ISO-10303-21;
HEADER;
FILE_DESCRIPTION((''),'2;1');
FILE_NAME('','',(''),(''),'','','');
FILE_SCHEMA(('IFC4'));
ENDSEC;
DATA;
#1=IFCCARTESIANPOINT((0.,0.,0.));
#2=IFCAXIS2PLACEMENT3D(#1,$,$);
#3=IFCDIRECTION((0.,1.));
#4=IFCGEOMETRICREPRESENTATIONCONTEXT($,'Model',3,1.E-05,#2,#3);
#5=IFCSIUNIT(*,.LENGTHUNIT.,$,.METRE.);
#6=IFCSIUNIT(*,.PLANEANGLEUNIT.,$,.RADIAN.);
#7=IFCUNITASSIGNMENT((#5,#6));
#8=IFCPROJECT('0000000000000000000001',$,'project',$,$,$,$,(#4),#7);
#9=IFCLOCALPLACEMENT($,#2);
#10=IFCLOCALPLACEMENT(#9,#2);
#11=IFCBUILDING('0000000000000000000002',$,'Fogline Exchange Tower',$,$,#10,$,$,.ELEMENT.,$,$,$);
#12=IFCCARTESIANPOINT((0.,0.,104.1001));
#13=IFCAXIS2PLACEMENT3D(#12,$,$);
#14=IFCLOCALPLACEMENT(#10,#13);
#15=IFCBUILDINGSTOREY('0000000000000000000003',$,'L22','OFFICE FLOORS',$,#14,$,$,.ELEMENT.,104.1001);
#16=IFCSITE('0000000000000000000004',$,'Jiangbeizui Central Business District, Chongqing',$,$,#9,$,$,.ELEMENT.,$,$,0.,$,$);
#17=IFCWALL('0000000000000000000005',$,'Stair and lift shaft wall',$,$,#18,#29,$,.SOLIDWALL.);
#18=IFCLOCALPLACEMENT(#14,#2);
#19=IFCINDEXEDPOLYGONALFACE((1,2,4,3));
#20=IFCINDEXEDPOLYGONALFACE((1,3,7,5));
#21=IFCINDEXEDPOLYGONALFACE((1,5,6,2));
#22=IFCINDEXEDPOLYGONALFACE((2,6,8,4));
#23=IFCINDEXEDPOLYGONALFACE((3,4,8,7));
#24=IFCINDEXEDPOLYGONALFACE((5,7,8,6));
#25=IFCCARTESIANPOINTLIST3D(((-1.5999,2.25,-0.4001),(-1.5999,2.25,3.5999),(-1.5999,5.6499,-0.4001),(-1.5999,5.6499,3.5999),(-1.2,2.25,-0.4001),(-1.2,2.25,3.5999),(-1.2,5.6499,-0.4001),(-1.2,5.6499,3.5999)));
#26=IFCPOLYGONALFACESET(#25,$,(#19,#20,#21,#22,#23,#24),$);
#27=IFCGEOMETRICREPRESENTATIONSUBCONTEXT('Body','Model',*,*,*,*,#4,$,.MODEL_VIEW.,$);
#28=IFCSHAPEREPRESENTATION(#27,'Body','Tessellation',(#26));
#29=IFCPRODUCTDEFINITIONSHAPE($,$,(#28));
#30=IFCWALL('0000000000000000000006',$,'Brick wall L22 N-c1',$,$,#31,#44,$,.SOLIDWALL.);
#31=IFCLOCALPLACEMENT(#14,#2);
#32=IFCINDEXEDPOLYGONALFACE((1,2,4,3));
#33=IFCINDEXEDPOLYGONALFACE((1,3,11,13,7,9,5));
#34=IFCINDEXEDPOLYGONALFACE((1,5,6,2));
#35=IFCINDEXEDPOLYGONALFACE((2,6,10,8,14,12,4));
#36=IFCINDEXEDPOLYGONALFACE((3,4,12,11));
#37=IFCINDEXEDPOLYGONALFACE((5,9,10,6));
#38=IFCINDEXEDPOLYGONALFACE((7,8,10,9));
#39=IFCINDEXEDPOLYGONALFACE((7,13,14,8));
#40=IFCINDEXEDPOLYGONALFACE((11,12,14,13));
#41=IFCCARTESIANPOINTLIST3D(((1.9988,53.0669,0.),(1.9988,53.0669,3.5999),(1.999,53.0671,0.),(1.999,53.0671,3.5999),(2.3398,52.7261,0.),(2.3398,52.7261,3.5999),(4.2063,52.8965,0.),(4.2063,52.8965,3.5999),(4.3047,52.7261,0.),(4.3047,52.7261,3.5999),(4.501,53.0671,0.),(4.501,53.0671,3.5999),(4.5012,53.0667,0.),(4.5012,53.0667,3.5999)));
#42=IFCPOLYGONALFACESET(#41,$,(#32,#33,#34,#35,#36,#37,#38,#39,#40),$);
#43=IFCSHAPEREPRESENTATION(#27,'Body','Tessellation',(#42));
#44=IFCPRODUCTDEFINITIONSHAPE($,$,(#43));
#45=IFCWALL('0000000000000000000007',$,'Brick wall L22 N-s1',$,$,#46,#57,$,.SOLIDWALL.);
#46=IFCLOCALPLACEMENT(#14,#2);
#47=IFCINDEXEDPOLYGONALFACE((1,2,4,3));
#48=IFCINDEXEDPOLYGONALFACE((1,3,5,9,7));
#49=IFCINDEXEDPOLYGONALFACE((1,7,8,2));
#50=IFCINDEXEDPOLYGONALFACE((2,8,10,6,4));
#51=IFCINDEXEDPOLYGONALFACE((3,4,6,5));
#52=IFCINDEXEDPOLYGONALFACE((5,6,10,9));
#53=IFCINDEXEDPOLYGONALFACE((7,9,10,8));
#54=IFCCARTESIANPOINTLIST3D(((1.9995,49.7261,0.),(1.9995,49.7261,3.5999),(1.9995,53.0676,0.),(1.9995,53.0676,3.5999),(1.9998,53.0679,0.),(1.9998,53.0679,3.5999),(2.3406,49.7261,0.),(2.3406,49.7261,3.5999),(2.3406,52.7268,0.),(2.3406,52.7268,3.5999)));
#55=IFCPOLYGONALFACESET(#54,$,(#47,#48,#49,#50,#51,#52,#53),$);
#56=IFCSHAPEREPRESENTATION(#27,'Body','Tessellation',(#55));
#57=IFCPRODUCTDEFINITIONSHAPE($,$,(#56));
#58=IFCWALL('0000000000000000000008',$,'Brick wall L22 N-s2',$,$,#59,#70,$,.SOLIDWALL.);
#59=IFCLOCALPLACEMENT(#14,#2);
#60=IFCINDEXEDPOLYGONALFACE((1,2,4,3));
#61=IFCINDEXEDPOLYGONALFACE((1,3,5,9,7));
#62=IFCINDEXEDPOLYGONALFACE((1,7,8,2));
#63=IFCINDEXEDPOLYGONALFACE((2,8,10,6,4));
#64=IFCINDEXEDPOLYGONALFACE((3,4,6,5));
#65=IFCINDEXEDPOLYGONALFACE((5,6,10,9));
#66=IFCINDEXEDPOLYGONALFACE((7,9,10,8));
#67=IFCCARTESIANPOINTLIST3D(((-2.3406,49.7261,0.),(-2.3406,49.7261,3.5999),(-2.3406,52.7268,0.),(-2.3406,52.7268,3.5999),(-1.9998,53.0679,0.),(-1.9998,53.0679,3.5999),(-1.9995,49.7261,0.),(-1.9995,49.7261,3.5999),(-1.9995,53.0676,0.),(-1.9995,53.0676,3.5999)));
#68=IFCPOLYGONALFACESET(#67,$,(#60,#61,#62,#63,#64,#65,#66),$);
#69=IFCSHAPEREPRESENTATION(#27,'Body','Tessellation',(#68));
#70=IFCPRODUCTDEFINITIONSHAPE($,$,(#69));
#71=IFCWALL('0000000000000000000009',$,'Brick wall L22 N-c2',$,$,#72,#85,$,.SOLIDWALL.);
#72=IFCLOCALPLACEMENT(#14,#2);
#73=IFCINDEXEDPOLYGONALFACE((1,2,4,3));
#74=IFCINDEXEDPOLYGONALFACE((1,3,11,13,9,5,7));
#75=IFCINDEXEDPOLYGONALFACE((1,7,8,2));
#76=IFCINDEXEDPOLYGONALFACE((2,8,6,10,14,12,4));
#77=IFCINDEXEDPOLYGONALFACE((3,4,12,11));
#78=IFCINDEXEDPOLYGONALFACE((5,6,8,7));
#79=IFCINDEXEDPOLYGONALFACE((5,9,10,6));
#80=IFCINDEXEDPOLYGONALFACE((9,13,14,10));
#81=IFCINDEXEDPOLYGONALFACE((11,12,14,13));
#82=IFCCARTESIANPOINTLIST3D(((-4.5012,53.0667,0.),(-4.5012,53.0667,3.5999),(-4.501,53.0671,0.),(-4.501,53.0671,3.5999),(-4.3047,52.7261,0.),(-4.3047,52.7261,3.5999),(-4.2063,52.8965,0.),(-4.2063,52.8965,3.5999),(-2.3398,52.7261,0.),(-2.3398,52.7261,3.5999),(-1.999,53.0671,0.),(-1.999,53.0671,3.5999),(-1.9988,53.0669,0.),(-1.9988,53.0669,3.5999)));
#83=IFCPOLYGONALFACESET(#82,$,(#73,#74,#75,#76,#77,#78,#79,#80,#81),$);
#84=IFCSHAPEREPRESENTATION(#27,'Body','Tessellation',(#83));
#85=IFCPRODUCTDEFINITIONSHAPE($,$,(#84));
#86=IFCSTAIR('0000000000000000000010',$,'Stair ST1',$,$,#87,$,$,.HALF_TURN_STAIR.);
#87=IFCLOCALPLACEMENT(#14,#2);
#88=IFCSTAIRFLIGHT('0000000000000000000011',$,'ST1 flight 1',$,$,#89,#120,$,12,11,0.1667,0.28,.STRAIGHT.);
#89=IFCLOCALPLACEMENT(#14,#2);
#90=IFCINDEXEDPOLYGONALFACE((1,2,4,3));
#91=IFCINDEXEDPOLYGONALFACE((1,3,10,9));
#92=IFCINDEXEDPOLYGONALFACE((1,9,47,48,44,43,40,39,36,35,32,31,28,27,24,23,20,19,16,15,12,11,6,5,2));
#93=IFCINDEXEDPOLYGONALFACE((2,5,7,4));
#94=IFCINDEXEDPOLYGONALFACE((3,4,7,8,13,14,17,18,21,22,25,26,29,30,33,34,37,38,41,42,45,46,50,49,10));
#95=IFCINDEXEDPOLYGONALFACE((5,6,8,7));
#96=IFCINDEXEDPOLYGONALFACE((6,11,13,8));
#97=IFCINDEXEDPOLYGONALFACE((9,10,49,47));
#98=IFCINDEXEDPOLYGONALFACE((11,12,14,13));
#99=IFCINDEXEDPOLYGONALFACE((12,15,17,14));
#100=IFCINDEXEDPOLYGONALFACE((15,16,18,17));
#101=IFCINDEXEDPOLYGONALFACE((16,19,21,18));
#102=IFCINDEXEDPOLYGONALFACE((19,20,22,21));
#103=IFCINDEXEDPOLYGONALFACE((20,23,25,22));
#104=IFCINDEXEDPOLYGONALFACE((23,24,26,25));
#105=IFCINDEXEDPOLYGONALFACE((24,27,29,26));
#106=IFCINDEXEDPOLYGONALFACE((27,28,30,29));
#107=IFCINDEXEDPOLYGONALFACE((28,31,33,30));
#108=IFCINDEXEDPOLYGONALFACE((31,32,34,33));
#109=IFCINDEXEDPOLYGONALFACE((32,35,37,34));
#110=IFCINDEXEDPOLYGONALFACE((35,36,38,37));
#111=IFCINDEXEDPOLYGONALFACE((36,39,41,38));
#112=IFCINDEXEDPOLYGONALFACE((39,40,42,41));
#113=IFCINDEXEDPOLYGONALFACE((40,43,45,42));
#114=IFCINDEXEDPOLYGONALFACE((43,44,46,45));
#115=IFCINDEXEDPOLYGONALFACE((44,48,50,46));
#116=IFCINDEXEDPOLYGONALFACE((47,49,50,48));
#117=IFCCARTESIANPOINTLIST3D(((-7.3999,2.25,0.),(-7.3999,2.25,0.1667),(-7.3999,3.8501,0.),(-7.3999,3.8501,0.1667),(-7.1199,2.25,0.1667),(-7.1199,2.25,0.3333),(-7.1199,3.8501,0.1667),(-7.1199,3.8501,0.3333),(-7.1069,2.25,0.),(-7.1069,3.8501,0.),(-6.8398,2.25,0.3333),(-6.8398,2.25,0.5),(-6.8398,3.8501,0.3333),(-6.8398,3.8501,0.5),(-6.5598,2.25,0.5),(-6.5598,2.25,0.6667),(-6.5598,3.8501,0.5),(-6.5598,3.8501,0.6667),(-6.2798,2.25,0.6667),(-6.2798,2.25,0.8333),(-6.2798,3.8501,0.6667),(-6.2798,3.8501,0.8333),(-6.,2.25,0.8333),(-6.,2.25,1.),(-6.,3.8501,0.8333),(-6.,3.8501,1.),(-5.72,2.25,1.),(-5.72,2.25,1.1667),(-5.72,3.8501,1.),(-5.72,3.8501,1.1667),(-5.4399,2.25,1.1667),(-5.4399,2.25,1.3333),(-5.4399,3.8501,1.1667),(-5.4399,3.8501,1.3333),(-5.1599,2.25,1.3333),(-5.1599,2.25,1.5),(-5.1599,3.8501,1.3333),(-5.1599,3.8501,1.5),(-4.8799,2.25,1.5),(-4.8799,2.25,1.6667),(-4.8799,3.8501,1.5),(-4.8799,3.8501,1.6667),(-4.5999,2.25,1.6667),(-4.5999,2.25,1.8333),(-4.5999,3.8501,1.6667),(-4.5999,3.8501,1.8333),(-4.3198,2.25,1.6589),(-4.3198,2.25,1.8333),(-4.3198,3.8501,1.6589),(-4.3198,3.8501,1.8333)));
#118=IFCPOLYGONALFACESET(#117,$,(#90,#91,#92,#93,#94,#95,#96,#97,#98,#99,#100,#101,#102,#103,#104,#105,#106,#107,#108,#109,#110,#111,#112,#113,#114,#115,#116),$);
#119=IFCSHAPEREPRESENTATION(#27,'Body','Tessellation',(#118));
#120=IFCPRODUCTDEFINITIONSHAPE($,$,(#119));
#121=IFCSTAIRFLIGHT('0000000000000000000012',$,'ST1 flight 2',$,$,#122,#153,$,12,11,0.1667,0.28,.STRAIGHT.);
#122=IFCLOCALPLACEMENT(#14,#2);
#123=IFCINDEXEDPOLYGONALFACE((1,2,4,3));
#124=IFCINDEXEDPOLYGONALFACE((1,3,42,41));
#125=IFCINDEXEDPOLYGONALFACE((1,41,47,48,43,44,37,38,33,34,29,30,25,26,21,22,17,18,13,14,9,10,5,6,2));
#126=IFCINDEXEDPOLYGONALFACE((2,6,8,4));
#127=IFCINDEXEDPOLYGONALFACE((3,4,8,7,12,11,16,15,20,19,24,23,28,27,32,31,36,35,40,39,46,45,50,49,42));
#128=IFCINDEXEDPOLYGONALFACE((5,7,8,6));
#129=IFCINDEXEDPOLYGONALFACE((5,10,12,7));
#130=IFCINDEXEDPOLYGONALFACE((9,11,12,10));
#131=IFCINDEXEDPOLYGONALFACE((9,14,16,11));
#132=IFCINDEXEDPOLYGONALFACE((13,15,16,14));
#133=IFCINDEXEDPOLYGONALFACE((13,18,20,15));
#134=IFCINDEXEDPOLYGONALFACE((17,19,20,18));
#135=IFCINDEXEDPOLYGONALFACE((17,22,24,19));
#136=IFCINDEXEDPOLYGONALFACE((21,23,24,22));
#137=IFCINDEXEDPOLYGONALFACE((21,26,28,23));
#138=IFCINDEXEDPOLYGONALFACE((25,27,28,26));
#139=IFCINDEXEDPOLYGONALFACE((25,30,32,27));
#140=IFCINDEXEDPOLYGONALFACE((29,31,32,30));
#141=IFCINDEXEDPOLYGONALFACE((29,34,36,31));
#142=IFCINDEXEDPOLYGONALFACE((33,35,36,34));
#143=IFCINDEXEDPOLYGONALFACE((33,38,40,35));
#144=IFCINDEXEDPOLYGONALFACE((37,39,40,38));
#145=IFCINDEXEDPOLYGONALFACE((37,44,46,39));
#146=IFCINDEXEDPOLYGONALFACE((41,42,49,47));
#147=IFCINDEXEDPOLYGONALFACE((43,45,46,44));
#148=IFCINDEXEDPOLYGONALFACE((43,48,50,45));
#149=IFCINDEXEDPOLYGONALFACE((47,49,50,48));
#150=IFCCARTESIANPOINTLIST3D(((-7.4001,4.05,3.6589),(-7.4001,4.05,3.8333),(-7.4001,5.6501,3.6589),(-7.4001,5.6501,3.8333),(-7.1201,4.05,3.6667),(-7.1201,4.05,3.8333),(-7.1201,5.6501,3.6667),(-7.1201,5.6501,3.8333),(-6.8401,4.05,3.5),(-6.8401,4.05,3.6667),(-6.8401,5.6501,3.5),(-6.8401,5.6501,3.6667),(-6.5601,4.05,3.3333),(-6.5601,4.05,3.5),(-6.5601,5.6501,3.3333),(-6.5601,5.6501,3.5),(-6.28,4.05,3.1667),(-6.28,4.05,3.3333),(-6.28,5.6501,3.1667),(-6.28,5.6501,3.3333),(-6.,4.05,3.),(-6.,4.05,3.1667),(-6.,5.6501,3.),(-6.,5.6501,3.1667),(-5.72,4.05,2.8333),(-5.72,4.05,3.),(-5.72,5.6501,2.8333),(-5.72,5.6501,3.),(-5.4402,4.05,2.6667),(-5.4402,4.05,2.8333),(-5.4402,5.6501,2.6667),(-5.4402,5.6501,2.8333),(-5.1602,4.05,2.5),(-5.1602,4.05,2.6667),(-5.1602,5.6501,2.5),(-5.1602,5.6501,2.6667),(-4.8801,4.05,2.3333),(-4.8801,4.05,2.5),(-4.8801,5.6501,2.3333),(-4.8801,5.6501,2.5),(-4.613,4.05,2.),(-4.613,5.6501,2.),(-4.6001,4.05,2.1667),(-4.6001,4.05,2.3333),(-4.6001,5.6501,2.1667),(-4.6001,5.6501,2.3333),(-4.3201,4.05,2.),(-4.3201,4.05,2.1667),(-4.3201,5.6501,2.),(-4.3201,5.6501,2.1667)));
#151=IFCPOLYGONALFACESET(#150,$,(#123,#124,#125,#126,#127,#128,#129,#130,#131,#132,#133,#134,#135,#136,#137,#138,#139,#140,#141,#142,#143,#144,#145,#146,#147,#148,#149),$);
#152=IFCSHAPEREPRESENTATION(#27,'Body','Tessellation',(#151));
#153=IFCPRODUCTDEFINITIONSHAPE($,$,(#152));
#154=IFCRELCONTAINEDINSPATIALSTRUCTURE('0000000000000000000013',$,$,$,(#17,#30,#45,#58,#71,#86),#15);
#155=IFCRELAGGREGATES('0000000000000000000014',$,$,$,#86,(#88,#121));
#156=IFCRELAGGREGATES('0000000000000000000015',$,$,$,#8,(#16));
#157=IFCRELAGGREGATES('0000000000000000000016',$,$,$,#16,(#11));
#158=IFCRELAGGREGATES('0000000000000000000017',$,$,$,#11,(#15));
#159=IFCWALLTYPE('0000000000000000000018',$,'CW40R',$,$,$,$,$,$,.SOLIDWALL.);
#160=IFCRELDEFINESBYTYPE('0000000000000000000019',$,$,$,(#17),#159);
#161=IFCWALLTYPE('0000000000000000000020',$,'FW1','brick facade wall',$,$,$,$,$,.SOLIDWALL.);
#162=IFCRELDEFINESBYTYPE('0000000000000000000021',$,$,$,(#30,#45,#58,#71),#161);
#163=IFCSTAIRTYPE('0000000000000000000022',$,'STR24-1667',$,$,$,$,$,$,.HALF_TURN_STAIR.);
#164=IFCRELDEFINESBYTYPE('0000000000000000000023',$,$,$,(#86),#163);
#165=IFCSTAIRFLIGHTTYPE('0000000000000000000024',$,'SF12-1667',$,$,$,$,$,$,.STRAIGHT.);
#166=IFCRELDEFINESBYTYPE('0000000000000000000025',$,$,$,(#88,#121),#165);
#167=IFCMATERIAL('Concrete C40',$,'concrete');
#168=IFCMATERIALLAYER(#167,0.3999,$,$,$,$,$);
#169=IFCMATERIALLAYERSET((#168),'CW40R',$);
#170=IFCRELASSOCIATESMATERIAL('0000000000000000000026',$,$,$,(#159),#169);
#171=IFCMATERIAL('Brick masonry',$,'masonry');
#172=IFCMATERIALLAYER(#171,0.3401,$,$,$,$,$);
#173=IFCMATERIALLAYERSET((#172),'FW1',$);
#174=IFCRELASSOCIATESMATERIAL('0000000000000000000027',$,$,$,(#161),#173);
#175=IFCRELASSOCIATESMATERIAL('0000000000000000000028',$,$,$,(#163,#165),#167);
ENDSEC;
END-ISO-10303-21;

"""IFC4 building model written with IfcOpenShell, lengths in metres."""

from ifc_helpers import new_model, si_unit, direction, frame, frame_2d, origin, place, context, subcontext, project, spatial, polyline, rectangle, outline, extrude, material, layer, layer_set, type_object, element, aggregate, save


model = new_model("IFC4")

# Units and contexts
model_context = context("Model", 3, precision=1e-05, world=origin(), true_north=direction((0.0, 1.0)))
body_context = subcontext(model_context, "Body", "Model", "MODEL_VIEW")
ifc_project = project(units=[si_unit("LENGTHUNIT", "METRE"), si_unit("PLANEANGLEUNIT", "RADIAN")], contexts=[model_context])

# Site, building, storey
site_placement = place(None, origin())
site = spatial("IfcSite", under=ifc_project, at=site_placement, Name="Jiangbeizui Central Business District, Chongqing", CompositionType="ELEMENT", RefElevation=0.0)
building_placement = place(site_placement, origin())
building = spatial("IfcBuilding", under=site, at=building_placement, Name="Fogline Exchange Tower", CompositionType="ELEMENT")
storey_placement = place(building_placement, frame((0.0, 0.0, 104.1001)))
storey = spatial("IfcBuildingStorey", under=building, at=storey_placement, Name="L22", Description="OFFICE FLOORS", CompositionType="ELEMENT", Elevation=104.1001)

# Shared definitions
ifc_material_1 = material(Name="Concrete C40", Category="concrete")

# Walls
ifc_layer_1 = layer(ifc_material_1, 0.3999)
ifc_layer_set_1 = layer_set([ifc_layer_1], Name="CW40R")
wall_type_1 = type_object("IfcWallType", Name="CW40R", PredefinedType="SOLIDWALL", material=ifc_layer_set_1)
wall_1_placement = place(storey_placement, frame((-1.3999, 2.25, -0.4001), z_axis=(0.0, 0.0, 1.0), x_axis=(0.0, 1.0, 0.0)))
element("IfcWall", 1, at=wall_1_placement, inside=storey, type_object=wall_type_1, Name="Stair and lift shaft wall", PredefinedType="SOLIDWALL", context=body_context, shape_type="SweptSolid", body=[
    extrude(rectangle(XDim=3.3999, YDim=0.3999, at=frame_2d((1.7, 0.0))), origin(), (0.0, 0.0, 1.0), 4.0),
])
ifc_material_2 = material(Name="Brick masonry", Category="masonry")
ifc_layer_2 = layer(ifc_material_2, 0.3401)
ifc_layer_set_2 = layer_set([ifc_layer_2], Name="FW1")
wall_type_2 = type_object("IfcWallType", Name="FW1", Description="brick facade wall", PredefinedType="SOLIDWALL", material=ifc_layer_set_2)
wall_2_placement = place(storey_placement, origin())
element("IfcWall", 2, at=wall_2_placement, inside=storey, type_object=wall_type_2, Name="Brick wall L22 N-c1", PredefinedType="SOLIDWALL", context=body_context, shape_type="SweptSolid", body=[
    extrude(outline(polyline([(1.999, 53.0671), (4.501, 53.0671), (4.5012, 53.0667), (4.2063, 52.8965), (4.3047, 52.7261), (2.3398, 52.7261), (1.9988, 53.0669), (1.999, 53.0671)])), origin(), (0.0, 0.0, 1.0), 3.5999),
])
wall_3_placement = place(storey_placement, origin())
element("IfcWall", 3, at=wall_3_placement, inside=storey, type_object=wall_type_2, Name="Brick wall L22 N-s1", PredefinedType="SOLIDWALL", context=body_context, shape_type="SweptSolid", body=[
    extrude(outline(polyline([(2.3406, 49.7261), (1.9995, 49.7261), (1.9995, 53.0676), (1.9998, 53.0679), (2.3406, 52.7268), (2.3406, 49.7261)])), origin(), (0.0, 0.0, 1.0), 3.5999),
])
wall_4_placement = place(storey_placement, origin())
element("IfcWall", 4, at=wall_4_placement, inside=storey, type_object=wall_type_2, Name="Brick wall L22 N-s2", PredefinedType="SOLIDWALL", context=body_context, shape_type="SweptSolid", body=[
    extrude(outline(polyline([(-1.9995, 53.0676), (-1.9995, 49.7261), (-2.3406, 49.7261), (-2.3406, 52.7268), (-1.9998, 53.0679), (-1.9995, 53.0676)])), origin(), (0.0, 0.0, 1.0), 3.5999),
])
wall_5_placement = place(storey_placement, origin())
element("IfcWall", 5, at=wall_5_placement, inside=storey, type_object=wall_type_2, Name="Brick wall L22 N-c2", PredefinedType="SOLIDWALL", context=body_context, shape_type="SweptSolid", body=[
    extrude(outline(polyline([(-4.3047, 52.7261), (-4.2063, 52.8965), (-4.5012, 53.0667), (-4.501, 53.0671), (-1.999, 53.0671), (-1.9988, 53.0669), (-2.3398, 52.7261), (-4.3047, 52.7261)])), origin(), (0.0, 0.0, 1.0), 3.5999),
])

# Stair, stair flights
stair_type = type_object("IfcStairType", Name="STR24-1667", PredefinedType="HALF_TURN_STAIR", material=ifc_material_1)
stair_placement = place(storey_placement, origin())
stair = element("IfcStair", 6, at=stair_placement, inside=storey, type_object=stair_type, Name="Stair ST1", PredefinedType="HALF_TURN_STAIR")
stair_flight_type = type_object("IfcStairFlightType", Name="SF12-1667", PredefinedType="STRAIGHT", material=ifc_material_1)
stair_flight_1_placement = place(storey_placement, frame((-7.3999, 3.05, 0.0), z_axis=(0.0, 0.0, 1.0), x_axis=(1.0, 0.0, 0.0)))
stair_flight_1 = element("IfcStairFlight", 7, at=stair_flight_1_placement, type_object=stair_flight_type, Name="ST1 flight 1", NumberOfRisers=12, NumberOfTreads=11, PredefinedType="STRAIGHT", RiserHeight=0.1667, TreadLength=0.28, context=body_context, shape_type="SweptSolid", body=[
    extrude(outline(polyline([(0.0, 0.0), (0.0, 0.1667), (0.28, 0.1667), (0.28, 0.3333), (0.5601, 0.3333), (0.5601, 0.5), (0.8401, 0.5), (0.8401, 0.6667), (1.1201, 0.6667), (1.1201, 0.8333), (1.3999, 0.8333), (1.3999, 1.0), (1.6799, 1.0), (1.6799, 1.1667), (1.96, 1.1667), (1.96, 1.3333), (2.24, 1.3333), (2.24, 1.5), (2.52, 1.5), (2.52, 1.6667), (2.8, 1.6667), (2.8, 1.8333), (3.0801, 1.8333), (3.0801, 2.0), (3.0801, 1.6589), (0.293, 0.0), (0.0, 0.0)])), frame((0.0, 0.8, 0.0), z_axis=(0.0, -1.0, 0.0), x_axis=(1.0, 0.0, 0.0)), (0.0, 0.0, 1.0), 1.6001),
])
stair_flight_2_placement = place(storey_placement, frame((-4.3201, 4.8501, 2.0), z_axis=(0.0, 0.0, 1.0), x_axis=(-1.0, 0.0, 0.0)))
stair_flight_2 = element("IfcStairFlight", 8, at=stair_flight_2_placement, type_object=stair_flight_type, Name="ST1 flight 2", NumberOfRisers=12, NumberOfTreads=11, PredefinedType="STRAIGHT", RiserHeight=0.1667, TreadLength=0.28, context=body_context, shape_type="SweptSolid", body=[
    extrude(outline(polyline([(0.0, 0.0), (0.0, 0.1667), (0.28, 0.1667), (0.28, 0.3333), (0.5601, 0.3333), (0.5601, 0.5), (0.8401, 0.5), (0.8401, 0.6667), (1.1201, 0.6667), (1.1201, 0.8333), (1.3999, 0.8333), (1.3999, 1.0), (1.6799, 1.0), (1.6799, 1.1667), (1.96, 1.1667), (1.96, 1.3333), (2.24, 1.3333), (2.24, 1.5), (2.52, 1.5), (2.52, 1.6667), (2.8, 1.6667), (2.8, 1.8333), (3.0801, 1.8333), (3.0801, 2.0), (3.0801, 1.6589), (0.293, 0.0), (0.0, 0.0)])), frame((0.0, 0.8, 0.0), z_axis=(0.0, -1.0, 0.0), x_axis=(1.0, 0.0, 0.0)), (0.0, 0.0, 1.0), 1.6001),
])
aggregate(stair, [stair_flight_1, stair_flight_2])

save(model, "model.ifc")
